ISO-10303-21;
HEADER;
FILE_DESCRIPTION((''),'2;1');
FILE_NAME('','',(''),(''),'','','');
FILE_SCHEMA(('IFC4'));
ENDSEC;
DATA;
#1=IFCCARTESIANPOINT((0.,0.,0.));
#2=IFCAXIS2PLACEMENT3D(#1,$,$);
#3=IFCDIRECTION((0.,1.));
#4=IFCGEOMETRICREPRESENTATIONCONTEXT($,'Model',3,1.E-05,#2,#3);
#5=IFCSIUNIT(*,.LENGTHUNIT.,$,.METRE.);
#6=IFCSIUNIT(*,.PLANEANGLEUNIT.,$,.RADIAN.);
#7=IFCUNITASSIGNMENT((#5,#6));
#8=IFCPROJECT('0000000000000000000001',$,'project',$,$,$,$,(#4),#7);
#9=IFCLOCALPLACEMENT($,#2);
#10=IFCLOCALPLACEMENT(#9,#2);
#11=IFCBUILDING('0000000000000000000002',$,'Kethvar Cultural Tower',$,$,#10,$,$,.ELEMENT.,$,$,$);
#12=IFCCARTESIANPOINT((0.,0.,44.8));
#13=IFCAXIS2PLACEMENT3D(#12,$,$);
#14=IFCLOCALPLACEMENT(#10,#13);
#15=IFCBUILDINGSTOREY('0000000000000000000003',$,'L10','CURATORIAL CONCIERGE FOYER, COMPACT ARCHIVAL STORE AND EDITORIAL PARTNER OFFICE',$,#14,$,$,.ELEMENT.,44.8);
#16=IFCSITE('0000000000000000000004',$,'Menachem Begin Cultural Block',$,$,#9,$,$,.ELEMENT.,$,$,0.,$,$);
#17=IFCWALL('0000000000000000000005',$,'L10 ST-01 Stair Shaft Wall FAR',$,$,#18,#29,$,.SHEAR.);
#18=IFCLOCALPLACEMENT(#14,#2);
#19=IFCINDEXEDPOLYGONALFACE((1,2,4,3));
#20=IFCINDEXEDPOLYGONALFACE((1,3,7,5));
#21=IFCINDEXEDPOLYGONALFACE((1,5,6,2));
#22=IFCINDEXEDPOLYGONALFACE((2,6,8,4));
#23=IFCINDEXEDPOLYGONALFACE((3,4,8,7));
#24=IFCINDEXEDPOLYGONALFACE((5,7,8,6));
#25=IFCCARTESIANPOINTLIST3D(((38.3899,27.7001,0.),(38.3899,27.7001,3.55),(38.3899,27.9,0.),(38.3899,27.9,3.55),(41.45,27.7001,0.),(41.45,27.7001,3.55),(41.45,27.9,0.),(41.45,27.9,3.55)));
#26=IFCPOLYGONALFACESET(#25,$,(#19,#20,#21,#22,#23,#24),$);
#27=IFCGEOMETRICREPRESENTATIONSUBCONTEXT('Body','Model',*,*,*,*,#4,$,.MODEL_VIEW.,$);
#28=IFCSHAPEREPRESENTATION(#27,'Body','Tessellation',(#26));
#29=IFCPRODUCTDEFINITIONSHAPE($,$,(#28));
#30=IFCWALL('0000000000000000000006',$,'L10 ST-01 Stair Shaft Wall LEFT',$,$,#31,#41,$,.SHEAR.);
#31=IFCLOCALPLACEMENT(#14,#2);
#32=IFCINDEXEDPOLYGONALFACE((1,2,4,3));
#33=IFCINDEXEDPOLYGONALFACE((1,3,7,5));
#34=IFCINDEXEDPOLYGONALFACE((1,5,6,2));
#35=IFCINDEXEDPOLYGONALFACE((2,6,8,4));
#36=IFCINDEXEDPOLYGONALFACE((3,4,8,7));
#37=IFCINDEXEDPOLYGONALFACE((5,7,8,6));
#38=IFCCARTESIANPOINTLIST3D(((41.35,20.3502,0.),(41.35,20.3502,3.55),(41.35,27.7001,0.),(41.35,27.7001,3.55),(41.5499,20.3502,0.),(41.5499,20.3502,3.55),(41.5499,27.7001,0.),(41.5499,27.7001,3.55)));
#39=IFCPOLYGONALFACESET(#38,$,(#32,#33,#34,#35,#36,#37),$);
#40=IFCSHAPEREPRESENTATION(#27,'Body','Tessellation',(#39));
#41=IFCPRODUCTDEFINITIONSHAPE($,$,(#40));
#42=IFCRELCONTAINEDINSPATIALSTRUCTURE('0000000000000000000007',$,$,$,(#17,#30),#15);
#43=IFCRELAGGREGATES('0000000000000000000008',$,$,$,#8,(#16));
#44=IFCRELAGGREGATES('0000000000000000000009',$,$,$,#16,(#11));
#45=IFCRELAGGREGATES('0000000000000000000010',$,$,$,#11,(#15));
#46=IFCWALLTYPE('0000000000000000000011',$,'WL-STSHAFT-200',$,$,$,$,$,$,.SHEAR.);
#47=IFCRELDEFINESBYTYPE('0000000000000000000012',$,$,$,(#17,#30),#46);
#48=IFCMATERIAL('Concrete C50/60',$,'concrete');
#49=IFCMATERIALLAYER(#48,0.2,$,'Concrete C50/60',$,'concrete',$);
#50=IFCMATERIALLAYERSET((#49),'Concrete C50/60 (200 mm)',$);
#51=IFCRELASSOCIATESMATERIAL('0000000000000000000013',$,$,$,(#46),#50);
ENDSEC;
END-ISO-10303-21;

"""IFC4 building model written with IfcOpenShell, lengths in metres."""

from ifc_helpers import new_model, si_unit, direction, frame, frame_2d, origin, place, context, subcontext, project, spatial, rectangle, extrude, material, layer, layer_set, type_object, element, save


model = new_model("IFC4")

# Units and contexts
model_context = context("Model", 3, precision=1e-05, world=origin(), true_north=direction((0.0, 1.0)))
body_context = subcontext(model_context, "Body", "Model", "MODEL_VIEW")
ifc_project = project(units=[si_unit("LENGTHUNIT", "METRE"), si_unit("PLANEANGLEUNIT", "RADIAN")], contexts=[model_context])

# Site, building, storey
site_placement = place(None, origin())
site = spatial("IfcSite", under=ifc_project, at=site_placement, Name="Menachem Begin Cultural Block", CompositionType="ELEMENT", RefElevation=0.0)
building_placement = place(site_placement, origin())
building = spatial("IfcBuilding", under=site, at=building_placement, Name="Kethvar Cultural Tower", CompositionType="ELEMENT")
storey_placement = place(building_placement, frame((0.0, 0.0, 44.8)))
storey = spatial("IfcBuildingStorey", under=building, at=storey_placement, Name="L10", Description="CURATORIAL CONCIERGE FOYER, COMPACT ARCHIVAL STORE AND EDITORIAL PARTNER OFFICE", CompositionType="ELEMENT", Elevation=44.8)

# Walls
ifc_material_1 = material(Name="Concrete C50/60", Category="concrete")
ifc_layer_1 = layer(ifc_material_1, 0.2, Name="Concrete C50/60", Category="concrete")
ifc_layer_set_1 = layer_set([ifc_layer_1], Name="Concrete C50/60 (200 mm)")
wall_type_1 = type_object("IfcWallType", Name="WL-STSHAFT-200", PredefinedType="SHEAR", material=ifc_layer_set_1)
wall_1_placement = place(storey_placement, frame((38.3899, 27.8, 0.0), z_axis=(0.0, 0.0, 1.0), x_axis=(1.0, 0.0, 0.0)))
element("IfcWall", 1, at=wall_1_placement, inside=storey, type_object=wall_type_1, Name="L10 ST-01 Stair Shaft Wall FAR", PredefinedType="SHEAR", context=body_context, shape_type="SweptSolid", body=[
    extrude(rectangle(XDim=3.0601, YDim=0.2, at=frame_2d((1.53, 0.0))), origin(), (0.0, 0.0, 1.0), 3.55),
])
wall_2_placement = place(storey_placement, frame((41.45, 27.7, 0.0), z_axis=(0.0, 0.0, 1.0), x_axis=(0.0, -1.0, 0.0)))
element("IfcWall", 2, at=wall_2_placement, inside=storey, type_object=wall_type_1, Name="L10 ST-01 Stair Shaft Wall LEFT", PredefinedType="SHEAR", context=body_context, shape_type="SweptSolid", body=[
    extrude(rectangle(XDim=7.3499, YDim=0.2, at=frame_2d((3.6748, 0.0))), origin(), (0.0, 0.0, 1.0), 3.55),
])

save(model, "model.ifc")
